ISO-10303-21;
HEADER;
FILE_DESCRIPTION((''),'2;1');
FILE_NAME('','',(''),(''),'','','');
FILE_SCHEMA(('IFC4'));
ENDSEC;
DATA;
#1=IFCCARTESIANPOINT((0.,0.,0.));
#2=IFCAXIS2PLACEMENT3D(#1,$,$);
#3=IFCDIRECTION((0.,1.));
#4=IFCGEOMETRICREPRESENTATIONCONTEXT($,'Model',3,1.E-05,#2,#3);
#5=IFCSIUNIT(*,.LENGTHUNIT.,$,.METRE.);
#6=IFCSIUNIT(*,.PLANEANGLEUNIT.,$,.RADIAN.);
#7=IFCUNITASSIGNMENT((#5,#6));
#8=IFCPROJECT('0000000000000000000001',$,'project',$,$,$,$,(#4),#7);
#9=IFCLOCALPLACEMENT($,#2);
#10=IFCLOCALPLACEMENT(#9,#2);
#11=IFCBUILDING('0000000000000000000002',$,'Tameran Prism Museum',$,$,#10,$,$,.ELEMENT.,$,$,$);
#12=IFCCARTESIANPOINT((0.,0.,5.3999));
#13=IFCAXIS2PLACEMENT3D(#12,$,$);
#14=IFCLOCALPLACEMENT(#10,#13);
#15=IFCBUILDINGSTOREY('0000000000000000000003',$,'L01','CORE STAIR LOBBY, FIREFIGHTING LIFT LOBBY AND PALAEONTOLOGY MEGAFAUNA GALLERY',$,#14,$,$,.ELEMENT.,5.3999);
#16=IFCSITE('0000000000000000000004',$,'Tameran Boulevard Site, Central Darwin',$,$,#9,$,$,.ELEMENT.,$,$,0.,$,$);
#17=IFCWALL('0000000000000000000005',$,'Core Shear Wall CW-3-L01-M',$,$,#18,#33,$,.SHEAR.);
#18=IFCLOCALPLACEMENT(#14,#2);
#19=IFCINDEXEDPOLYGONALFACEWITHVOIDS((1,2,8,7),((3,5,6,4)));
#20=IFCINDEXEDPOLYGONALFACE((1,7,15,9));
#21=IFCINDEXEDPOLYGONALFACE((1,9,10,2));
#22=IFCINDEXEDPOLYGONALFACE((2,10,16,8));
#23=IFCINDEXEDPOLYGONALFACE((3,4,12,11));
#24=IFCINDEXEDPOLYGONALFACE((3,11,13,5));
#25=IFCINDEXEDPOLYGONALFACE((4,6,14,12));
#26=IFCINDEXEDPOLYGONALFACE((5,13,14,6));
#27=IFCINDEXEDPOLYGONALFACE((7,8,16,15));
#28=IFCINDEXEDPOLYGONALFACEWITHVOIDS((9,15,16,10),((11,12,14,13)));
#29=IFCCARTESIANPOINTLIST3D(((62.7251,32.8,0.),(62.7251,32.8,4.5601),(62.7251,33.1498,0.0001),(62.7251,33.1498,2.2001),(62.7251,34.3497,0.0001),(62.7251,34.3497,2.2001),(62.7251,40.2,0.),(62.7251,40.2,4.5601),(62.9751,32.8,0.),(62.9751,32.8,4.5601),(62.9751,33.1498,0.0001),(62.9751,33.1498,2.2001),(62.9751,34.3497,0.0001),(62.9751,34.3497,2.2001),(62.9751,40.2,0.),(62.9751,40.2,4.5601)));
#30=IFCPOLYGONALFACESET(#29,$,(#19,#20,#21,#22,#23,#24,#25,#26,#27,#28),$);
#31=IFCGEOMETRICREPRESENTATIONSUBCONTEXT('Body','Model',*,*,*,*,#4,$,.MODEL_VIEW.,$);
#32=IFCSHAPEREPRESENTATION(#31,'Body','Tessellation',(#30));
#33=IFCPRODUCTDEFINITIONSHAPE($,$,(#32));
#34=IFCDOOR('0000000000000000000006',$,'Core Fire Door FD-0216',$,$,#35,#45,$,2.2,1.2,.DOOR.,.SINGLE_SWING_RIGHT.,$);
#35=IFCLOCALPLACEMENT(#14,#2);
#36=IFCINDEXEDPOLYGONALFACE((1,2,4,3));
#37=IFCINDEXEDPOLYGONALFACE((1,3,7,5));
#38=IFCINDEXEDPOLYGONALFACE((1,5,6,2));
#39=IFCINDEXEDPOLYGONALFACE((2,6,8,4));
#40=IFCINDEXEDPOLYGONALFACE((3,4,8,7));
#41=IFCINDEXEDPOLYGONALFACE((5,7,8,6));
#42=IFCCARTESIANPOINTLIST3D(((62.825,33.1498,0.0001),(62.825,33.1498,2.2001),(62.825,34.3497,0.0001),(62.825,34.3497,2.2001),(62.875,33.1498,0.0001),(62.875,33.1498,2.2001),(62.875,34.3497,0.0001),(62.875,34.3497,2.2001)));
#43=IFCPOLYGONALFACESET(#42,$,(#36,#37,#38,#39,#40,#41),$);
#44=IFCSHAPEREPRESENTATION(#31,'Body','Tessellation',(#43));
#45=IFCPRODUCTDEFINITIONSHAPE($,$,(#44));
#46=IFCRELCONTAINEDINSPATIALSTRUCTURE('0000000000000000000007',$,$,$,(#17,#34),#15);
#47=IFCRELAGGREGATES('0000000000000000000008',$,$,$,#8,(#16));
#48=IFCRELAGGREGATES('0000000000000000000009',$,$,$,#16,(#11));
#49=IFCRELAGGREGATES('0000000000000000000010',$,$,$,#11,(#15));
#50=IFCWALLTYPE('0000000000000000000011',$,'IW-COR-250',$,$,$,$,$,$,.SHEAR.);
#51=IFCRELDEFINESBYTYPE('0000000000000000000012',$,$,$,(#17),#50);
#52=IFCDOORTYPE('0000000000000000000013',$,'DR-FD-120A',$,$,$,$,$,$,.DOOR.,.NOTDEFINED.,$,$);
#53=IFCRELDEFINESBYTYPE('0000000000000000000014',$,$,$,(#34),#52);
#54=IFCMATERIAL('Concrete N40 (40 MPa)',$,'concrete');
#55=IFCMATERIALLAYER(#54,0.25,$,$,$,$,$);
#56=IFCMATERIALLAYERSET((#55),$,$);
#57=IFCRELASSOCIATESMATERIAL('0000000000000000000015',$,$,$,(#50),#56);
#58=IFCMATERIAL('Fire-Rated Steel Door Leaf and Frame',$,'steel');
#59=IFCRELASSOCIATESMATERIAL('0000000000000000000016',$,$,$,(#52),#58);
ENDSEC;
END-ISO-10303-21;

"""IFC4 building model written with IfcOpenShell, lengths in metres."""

from ifc_helpers import new_model, si_unit, direction, frame, frame_2d, origin, place, context, subcontext, project, spatial, rectangle, extrude, material, layer, layer_set, type_object, element, fill, save


model = new_model("IFC4")

# Units and contexts
model_context = context("Model", 3, precision=1e-05, world=origin(), true_north=direction((0.0, 1.0)))
body_context = subcontext(model_context, "Body", "Model", "MODEL_VIEW")
ifc_project = project(units=[si_unit("LENGTHUNIT", "METRE"), si_unit("PLANEANGLEUNIT", "RADIAN")], contexts=[model_context])

# Site, building, storey
site_placement = place(None, origin())
site = spatial("IfcSite", under=ifc_project, at=site_placement, Name="Tameran Boulevard Site, Central Darwin", CompositionType="ELEMENT", RefElevation=0.0)
building_placement = place(site_placement, origin())
building = spatial("IfcBuilding", under=site, at=building_placement, Name="Tameran Prism Museum", CompositionType="ELEMENT")
storey_placement = place(building_placement, frame((0.0, 0.0, 5.3999)))
storey = spatial("IfcBuildingStorey", under=building, at=storey_placement, Name="L01", Description="CORE STAIR LOBBY, FIREFIGHTING LIFT LOBBY AND PALAEONTOLOGY MEGAFAUNA GALLERY", CompositionType="ELEMENT", Elevation=5.3999)

# Shared definitions
ifc_material_1 = material(Name="Concrete N40 (40 MPa)", Category="concrete")
ifc_layer_1 = layer(ifc_material_1, 0.25)
ifc_layer_set_1 = layer_set([ifc_layer_1])
wall_type = type_object("IfcWallType", Name="IW-COR-250", PredefinedType="SHEAR", material=ifc_layer_set_1)

# Wall, opening, door
ifc_material_2 = material(Name="Fire-Rated Steel Door Leaf and Frame", Category="steel")
door_type = type_object("IfcDoorType", Name="DR-FD-120A", OperationType="NOTDEFINED", PredefinedType="DOOR", material=ifc_material_2)
wall_1_placement = place(storey_placement, frame((62.8501, 40.2, 0.0), z_axis=(0.0, 0.0, 1.0), x_axis=(0.0, -1.0, 0.0)))
wall_1 = element("IfcWall", 1, at=wall_1_placement, inside=storey, type_object=wall_type, Name="Core Shear Wall CW-3-L01-M", PredefinedType="SHEAR", context=body_context, shape_type="SweptSolid", body=[
    extrude(rectangle(XDim=7.3999, YDim=0.25, at=frame_2d((3.7, 0.0))), origin(), (0.0, 0.0, 1.0), 4.5601),
])
opening_1_placement = place(wall_1_placement, frame((5.8501, 0.0, 0.0)))
opening_1 = element("IfcOpeningElement", 2, at=opening_1_placement, cuts=wall_1, PredefinedType="OPENING", context=body_context, shape_type="SweptSolid", body=[
    extrude(rectangle(XDim=1.2, YDim=2.2, at=frame_2d((0.6001, 1.1001))), frame((0.0, 0.135, 0.0), z_axis=(0.0, -1.0, 0.0), x_axis=(1.0, 0.0, 0.0)), (0.0, 0.0, 1.0), 0.27),
])
door_1_placement = place(opening_1_placement, origin())
door_1 = element("IfcDoor", 3, at=door_1_placement, inside=storey, type_object=door_type, Name="Core Fire Door FD-0216", OperationType="SINGLE_SWING_RIGHT", OverallHeight=2.2, OverallWidth=1.2, PredefinedType="DOOR", context=body_context, shape_type="SweptSolid", body=[
    extrude(rectangle(XDim=1.2, YDim=2.2, at=frame_2d((0.6001, 1.1001))), frame((0.0, 0.0249, 0.0), z_axis=(0.0, -1.0, 0.0), x_axis=(1.0, 0.0, 0.0)), (0.0, 0.0, 1.0), 0.05),
])
fill(opening_1, door_1)

save(model, "model.ifc")
